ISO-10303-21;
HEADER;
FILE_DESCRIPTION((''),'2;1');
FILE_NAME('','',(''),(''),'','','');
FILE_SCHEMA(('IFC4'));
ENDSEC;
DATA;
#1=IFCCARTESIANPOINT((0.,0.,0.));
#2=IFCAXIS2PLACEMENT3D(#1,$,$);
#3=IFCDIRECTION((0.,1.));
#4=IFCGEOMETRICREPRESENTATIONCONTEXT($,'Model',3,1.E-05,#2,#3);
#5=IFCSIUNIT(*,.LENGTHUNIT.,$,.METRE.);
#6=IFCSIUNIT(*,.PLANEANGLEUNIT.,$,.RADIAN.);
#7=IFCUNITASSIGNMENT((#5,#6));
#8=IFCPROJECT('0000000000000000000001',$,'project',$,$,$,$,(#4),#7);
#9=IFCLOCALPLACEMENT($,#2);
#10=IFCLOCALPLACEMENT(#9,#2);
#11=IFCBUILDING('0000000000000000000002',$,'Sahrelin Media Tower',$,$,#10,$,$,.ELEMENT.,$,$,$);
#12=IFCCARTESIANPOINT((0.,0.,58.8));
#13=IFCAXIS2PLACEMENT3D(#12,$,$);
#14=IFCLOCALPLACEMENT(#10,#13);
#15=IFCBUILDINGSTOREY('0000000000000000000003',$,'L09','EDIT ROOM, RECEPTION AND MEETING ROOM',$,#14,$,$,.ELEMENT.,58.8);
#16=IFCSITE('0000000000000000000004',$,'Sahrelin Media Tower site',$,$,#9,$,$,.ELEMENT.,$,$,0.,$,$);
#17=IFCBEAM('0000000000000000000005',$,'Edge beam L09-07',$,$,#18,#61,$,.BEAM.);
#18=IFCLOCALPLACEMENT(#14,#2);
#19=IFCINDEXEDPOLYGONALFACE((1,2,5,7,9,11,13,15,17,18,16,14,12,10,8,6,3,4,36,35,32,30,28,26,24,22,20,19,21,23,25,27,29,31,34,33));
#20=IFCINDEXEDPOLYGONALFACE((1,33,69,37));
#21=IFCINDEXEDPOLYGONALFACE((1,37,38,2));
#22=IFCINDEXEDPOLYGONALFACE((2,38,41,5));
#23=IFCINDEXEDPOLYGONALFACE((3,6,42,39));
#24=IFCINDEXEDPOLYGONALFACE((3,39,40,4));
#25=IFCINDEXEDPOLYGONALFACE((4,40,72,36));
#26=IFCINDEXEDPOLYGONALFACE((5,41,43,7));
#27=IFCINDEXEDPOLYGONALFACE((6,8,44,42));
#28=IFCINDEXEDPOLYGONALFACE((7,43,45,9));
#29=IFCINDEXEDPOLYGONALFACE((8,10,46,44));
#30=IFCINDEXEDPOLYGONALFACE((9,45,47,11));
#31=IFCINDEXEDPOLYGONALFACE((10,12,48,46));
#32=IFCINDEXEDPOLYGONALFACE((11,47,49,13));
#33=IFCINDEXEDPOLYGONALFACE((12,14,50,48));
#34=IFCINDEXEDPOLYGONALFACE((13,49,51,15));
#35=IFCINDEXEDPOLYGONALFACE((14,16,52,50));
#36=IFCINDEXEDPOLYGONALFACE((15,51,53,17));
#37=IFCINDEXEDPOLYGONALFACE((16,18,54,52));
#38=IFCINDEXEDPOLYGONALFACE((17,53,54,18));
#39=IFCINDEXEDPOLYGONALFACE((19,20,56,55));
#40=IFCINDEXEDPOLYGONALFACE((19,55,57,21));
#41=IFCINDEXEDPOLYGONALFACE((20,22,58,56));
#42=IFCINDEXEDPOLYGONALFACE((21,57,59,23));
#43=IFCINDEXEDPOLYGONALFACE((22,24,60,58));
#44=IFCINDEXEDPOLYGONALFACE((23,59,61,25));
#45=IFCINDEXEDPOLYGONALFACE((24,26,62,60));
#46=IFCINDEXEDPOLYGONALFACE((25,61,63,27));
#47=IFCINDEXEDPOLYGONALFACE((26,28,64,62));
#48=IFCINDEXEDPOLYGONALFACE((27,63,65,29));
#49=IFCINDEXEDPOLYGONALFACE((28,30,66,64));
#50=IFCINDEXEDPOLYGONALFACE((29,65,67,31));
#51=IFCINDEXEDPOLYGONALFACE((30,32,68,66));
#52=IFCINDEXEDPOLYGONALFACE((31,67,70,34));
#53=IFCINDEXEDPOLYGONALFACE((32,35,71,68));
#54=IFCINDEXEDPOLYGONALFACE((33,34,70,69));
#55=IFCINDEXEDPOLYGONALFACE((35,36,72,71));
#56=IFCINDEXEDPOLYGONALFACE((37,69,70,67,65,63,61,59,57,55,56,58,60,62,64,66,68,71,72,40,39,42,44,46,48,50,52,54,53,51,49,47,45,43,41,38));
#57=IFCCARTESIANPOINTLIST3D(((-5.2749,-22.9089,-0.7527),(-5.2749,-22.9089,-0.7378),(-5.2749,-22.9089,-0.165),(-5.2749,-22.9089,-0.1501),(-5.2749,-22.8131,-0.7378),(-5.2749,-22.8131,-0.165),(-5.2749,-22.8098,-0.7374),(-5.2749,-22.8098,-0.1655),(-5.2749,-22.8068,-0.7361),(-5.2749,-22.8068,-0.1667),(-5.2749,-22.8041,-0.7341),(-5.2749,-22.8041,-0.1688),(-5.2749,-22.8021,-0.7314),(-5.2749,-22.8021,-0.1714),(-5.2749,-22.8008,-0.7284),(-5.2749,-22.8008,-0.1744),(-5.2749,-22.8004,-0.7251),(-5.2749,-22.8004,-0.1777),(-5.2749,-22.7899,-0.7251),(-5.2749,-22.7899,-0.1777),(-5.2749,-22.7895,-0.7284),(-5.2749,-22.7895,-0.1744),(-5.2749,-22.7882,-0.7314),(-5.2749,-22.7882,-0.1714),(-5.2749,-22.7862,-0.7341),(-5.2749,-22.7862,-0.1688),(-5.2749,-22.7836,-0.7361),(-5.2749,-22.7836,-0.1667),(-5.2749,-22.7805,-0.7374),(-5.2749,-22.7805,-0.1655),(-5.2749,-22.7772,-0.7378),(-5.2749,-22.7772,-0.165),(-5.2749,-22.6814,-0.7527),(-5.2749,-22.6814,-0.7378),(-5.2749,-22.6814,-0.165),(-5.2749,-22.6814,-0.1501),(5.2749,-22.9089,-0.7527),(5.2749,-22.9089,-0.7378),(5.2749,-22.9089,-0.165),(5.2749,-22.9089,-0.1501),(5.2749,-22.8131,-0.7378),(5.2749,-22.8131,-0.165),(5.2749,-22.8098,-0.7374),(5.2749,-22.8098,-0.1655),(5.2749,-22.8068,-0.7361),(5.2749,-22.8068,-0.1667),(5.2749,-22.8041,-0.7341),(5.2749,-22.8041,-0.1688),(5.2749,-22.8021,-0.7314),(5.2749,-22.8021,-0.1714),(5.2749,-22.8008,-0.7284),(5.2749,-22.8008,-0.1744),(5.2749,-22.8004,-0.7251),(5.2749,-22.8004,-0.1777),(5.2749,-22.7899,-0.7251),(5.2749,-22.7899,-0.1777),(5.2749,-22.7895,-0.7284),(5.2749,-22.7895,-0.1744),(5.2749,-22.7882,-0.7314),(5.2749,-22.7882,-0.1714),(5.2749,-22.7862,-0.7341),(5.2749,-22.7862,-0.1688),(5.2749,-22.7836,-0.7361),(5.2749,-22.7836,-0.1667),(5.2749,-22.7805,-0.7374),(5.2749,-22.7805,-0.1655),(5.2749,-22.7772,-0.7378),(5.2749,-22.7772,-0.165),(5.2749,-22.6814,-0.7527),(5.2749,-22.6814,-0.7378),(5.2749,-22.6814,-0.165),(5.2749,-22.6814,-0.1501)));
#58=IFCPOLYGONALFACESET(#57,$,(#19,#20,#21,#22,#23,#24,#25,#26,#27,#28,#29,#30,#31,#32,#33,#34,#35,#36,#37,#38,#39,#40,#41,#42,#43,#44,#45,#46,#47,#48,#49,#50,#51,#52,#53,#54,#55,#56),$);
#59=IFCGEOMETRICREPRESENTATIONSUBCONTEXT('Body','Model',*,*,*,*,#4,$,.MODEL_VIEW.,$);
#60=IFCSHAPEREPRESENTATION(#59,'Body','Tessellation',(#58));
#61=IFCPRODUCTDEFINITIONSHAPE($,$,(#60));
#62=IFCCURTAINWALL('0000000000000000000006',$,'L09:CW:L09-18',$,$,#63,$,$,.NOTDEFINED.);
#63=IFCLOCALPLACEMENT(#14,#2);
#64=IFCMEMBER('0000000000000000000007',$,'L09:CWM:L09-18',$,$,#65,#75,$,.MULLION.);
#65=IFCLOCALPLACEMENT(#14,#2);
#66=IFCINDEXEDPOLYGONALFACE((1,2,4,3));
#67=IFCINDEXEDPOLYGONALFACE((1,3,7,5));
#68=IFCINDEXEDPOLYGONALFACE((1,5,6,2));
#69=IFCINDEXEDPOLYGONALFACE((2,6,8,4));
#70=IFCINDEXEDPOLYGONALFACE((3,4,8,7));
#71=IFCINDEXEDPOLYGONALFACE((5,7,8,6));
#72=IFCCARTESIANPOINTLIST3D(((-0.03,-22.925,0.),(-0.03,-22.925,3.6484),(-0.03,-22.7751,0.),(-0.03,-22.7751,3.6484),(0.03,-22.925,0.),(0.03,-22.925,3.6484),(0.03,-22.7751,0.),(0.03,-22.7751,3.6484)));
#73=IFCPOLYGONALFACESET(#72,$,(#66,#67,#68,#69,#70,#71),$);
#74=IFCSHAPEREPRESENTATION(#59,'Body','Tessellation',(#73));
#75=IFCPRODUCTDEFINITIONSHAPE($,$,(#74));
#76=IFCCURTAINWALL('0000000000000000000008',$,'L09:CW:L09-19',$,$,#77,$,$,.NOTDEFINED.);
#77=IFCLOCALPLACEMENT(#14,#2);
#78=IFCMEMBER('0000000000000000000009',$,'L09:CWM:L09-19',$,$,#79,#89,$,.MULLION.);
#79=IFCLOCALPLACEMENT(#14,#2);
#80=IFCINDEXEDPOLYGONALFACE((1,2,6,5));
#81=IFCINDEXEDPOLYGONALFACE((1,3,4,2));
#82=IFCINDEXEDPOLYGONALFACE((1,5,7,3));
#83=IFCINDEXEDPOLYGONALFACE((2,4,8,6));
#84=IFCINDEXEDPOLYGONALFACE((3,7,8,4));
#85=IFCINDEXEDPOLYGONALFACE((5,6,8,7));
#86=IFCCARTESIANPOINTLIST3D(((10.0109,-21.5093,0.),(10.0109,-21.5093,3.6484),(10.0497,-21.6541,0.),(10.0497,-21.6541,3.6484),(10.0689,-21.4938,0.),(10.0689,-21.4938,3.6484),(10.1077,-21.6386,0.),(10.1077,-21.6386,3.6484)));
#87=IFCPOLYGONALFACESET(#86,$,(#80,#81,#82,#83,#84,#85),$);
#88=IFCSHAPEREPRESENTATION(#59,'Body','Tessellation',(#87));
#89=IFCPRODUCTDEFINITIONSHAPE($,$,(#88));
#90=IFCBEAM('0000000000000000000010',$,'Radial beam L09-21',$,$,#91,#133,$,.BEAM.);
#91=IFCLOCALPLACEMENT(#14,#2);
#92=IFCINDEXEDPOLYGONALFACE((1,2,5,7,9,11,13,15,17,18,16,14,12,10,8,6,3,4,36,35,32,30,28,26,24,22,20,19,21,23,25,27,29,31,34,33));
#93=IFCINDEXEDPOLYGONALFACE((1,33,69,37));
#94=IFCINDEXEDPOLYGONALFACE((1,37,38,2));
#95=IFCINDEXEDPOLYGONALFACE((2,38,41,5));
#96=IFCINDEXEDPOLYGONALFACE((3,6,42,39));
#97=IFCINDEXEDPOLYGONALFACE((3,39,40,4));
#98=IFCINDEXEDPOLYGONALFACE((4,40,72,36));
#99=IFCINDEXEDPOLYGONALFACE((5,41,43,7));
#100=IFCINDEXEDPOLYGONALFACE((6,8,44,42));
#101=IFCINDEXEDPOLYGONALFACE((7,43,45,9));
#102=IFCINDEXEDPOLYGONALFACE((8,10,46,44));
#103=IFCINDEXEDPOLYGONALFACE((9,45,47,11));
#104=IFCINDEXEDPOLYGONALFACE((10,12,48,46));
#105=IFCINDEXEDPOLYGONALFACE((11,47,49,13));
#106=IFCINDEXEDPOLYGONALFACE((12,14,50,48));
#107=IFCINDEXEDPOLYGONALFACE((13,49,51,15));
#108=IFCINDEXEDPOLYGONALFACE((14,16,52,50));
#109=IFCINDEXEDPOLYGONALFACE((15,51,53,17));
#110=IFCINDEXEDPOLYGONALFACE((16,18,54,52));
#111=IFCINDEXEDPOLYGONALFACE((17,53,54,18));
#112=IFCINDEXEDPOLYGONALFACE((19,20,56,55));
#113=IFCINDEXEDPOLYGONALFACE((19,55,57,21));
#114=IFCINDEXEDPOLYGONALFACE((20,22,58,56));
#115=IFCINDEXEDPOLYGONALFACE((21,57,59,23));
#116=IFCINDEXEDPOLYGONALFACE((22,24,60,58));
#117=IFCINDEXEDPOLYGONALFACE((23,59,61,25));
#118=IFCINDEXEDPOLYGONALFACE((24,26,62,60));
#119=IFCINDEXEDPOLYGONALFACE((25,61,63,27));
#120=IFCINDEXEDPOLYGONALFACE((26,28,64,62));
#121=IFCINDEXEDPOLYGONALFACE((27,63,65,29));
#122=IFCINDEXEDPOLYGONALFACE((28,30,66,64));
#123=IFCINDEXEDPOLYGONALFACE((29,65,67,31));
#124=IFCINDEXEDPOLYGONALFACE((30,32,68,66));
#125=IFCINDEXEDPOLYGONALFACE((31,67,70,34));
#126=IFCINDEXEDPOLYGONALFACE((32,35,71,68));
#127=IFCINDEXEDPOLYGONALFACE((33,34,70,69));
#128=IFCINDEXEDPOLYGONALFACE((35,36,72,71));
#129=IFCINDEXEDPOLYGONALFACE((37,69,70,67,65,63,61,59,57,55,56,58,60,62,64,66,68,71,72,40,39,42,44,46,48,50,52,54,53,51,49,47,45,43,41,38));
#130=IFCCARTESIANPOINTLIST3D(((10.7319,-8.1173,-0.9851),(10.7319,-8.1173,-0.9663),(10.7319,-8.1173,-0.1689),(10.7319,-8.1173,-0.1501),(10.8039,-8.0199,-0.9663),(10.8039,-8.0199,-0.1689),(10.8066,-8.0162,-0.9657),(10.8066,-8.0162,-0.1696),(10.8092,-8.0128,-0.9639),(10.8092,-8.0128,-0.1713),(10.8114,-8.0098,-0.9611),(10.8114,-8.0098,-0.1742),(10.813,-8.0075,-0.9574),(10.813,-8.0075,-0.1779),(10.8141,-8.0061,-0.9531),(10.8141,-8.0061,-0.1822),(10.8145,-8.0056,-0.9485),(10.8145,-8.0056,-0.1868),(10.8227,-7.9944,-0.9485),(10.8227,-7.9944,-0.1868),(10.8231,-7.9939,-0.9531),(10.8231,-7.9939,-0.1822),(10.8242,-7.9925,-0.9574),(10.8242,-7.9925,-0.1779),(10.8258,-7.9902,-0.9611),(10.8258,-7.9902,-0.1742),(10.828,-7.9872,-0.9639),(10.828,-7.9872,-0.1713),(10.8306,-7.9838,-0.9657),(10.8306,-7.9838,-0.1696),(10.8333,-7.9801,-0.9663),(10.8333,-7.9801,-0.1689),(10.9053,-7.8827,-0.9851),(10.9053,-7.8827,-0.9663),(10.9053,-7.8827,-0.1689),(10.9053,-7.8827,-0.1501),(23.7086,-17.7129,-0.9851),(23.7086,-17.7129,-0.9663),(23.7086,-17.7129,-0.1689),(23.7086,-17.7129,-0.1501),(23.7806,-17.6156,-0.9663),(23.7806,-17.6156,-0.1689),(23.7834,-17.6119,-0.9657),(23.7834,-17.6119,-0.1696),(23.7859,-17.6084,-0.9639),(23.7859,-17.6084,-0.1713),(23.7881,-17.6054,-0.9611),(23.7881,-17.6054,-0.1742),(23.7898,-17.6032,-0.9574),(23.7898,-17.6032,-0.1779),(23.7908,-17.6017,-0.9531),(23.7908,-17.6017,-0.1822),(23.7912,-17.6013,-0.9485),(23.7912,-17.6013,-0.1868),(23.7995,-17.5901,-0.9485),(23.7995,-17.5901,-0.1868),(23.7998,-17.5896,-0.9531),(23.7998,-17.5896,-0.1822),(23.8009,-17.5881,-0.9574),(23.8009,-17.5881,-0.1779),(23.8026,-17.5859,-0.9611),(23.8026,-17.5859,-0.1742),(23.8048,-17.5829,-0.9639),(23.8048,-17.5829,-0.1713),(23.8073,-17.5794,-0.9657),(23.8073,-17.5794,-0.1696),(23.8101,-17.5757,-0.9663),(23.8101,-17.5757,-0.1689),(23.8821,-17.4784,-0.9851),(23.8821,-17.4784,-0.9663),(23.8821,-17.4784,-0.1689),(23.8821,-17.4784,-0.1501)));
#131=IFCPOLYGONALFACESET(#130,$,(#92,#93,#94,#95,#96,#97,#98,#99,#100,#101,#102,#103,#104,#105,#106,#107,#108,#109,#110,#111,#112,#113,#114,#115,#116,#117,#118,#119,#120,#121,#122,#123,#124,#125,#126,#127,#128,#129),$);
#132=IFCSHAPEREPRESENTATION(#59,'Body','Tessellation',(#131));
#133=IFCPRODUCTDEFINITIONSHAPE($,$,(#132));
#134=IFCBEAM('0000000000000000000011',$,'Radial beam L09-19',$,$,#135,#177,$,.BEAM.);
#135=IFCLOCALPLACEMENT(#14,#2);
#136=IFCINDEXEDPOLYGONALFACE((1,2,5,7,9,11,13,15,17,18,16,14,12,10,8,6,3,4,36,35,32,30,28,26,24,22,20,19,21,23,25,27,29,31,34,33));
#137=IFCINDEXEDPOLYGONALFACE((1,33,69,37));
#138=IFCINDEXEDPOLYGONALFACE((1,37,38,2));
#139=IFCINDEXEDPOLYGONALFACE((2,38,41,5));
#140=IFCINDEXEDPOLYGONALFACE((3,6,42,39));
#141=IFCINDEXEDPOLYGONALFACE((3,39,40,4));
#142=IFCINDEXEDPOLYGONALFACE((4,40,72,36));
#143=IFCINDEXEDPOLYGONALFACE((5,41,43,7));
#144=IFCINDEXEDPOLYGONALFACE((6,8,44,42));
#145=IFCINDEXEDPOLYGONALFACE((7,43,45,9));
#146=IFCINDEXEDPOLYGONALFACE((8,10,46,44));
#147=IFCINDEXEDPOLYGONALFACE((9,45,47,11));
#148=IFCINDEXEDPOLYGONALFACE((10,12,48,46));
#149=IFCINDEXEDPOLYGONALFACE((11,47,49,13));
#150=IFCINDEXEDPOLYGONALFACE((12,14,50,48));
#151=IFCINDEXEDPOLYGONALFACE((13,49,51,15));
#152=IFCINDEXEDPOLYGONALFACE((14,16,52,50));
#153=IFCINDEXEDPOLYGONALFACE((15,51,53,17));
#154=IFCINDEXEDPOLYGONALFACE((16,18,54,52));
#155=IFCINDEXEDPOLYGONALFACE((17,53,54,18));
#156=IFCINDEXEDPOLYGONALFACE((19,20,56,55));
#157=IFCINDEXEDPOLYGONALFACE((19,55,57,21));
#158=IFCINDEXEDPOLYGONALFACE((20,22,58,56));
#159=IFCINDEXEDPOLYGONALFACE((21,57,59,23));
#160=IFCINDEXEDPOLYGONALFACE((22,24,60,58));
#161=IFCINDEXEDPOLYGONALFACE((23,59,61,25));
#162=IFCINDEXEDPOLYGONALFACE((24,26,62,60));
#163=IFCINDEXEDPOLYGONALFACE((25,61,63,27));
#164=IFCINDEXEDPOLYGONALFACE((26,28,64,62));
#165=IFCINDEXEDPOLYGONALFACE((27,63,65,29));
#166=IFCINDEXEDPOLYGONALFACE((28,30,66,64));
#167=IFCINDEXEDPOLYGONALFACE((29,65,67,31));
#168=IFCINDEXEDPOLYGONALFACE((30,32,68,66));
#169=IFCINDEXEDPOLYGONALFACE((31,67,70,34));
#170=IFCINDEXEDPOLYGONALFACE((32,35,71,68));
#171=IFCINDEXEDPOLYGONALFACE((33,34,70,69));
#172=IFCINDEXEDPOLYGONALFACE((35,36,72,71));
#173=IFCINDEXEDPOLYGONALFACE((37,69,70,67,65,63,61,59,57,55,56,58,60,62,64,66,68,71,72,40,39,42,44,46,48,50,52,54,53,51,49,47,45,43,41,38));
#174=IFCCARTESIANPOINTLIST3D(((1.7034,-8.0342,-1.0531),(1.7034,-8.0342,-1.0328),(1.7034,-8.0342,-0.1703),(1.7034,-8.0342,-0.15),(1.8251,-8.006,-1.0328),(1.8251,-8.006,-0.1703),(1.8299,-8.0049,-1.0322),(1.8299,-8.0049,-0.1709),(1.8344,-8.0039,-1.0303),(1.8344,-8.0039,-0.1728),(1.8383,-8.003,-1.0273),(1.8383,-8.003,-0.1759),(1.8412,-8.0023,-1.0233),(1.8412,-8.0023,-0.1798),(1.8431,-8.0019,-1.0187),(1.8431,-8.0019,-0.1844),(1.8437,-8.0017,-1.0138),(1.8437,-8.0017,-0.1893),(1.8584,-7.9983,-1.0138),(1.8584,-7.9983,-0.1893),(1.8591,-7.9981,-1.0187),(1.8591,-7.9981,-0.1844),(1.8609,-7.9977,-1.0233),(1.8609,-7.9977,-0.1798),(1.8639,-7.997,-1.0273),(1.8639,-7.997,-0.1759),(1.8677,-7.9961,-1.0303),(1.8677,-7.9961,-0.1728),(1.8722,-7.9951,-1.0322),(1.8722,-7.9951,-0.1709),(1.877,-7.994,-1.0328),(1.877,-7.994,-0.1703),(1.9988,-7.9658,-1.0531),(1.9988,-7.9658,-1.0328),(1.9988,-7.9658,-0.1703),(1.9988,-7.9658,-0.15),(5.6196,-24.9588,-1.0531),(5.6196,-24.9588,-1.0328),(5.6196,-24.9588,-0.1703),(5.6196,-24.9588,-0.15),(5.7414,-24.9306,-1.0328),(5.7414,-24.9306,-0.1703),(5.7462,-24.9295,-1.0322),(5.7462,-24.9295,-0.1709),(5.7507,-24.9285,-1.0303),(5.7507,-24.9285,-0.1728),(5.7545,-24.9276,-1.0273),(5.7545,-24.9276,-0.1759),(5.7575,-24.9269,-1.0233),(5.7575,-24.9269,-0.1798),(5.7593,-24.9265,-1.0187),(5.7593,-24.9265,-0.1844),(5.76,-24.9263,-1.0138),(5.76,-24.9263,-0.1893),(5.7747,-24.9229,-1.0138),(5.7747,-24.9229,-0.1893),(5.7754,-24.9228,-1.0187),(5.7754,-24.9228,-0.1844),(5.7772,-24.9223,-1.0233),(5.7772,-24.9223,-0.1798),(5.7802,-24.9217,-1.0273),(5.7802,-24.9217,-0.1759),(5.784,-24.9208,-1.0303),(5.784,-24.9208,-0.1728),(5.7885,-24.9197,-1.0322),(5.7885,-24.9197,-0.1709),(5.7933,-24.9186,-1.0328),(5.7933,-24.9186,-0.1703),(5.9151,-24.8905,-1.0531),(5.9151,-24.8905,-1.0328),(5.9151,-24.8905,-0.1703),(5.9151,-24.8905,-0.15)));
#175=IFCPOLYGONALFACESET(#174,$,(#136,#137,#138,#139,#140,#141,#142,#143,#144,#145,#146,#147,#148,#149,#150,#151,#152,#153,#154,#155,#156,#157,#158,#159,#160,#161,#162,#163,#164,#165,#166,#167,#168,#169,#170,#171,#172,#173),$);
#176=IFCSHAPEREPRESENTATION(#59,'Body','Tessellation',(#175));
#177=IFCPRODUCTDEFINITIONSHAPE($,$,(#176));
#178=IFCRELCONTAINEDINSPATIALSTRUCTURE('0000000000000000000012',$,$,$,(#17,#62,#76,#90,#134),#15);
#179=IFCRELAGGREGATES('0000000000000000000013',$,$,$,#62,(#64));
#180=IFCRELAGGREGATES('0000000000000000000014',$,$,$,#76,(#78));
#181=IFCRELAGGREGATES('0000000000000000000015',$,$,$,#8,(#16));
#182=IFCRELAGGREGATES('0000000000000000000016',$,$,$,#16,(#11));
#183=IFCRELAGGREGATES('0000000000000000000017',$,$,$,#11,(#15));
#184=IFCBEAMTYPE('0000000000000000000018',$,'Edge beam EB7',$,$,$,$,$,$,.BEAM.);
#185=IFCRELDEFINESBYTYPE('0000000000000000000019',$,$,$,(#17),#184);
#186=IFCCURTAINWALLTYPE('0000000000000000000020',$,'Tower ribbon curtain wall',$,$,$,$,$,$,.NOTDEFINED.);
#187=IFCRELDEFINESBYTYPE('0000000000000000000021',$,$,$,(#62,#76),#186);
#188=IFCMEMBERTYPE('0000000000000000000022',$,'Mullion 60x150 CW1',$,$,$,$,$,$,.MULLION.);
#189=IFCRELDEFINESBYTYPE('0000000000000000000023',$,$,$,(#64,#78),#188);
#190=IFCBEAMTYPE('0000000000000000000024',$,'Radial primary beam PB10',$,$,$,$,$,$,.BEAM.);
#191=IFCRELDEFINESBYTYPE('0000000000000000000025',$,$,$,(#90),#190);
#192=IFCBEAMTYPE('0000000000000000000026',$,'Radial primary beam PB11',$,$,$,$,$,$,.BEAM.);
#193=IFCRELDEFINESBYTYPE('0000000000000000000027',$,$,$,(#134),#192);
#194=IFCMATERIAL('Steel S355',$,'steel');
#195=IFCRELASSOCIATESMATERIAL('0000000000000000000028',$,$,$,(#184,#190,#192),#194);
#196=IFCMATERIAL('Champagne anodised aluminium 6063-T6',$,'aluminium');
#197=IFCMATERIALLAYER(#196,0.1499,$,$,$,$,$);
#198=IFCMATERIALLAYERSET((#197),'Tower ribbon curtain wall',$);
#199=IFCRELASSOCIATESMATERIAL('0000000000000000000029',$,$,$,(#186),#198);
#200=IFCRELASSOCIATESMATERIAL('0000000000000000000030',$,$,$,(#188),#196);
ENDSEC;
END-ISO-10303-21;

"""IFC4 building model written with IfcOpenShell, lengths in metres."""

from ifc_helpers import new_model, si_unit, direction, frame, origin, origin_2d, place, context, subcontext, project, spatial, rectangle, i_section, extrude, material, layer, layer_set, material_profile, profile_set, type_object, element, aggregate, save


model = new_model("IFC4")

# Units and contexts
model_context = context("Model", 3, precision=1e-05, world=origin(), true_north=direction((0.0, 1.0)))
body_context = subcontext(model_context, "Body", "Model", "MODEL_VIEW")
ifc_project = project(units=[si_unit("LENGTHUNIT", "METRE"), si_unit("PLANEANGLEUNIT", "RADIAN")], contexts=[model_context])

# Site, building, storey
site_placement = place(None, origin())
site = spatial("IfcSite", under=ifc_project, at=site_placement, Name="Sahrelin Media Tower site", CompositionType="ELEMENT", RefElevation=0.0)
building_placement = place(site_placement, origin())
building = spatial("IfcBuilding", under=site, at=building_placement, Name="Sahrelin Media Tower", CompositionType="ELEMENT")
storey_placement = place(building_placement, frame((0.0, 0.0, 58.8)))
storey = spatial("IfcBuildingStorey", under=building, at=storey_placement, Name="L09", Description="EDIT ROOM, RECEPTION AND MEETING ROOM", CompositionType="ELEMENT", Elevation=58.8)

# Beam
ifc_material_1 = material(Name="Steel S355", Category="steel")
ifc_material_profile_1 = material_profile(ifc_material_1, i_section(OverallWidth=0.2275, OverallDepth=0.6025, WebThickness=0.0105, FlangeThickness=0.0149, FilletRadius=0.0127, at=origin_2d()), Name="UB 610x229x101")
ifc_profile_set_1 = profile_set([ifc_material_profile_1], Name="Steel S355")
beam_type_1 = type_object("IfcBeamType", Name="Edge beam EB7", PredefinedType="BEAM", material=ifc_profile_set_1)
beam_1_placement = place(storey_placement, frame((5.2749, -22.7952, -0.4514), z_axis=(-1.0, 0.0, 0.0), x_axis=(0.0, -1.0, 0.0)))
element("IfcBeam", 1, at=beam_1_placement, inside=storey, type_object=beam_type_1, Name="Edge beam L09-07", PredefinedType="BEAM", context=body_context, shape_type="SweptSolid", body=[
    extrude(i_section(OverallWidth=0.2275, OverallDepth=0.6025, WebThickness=0.0105, FlangeThickness=0.0149, FilletRadius=0.0127, at=origin_2d()), origin(), (0.0, 0.0, 1.0), 10.5498),
])

# Curtain walls, members
ifc_material_2 = material(Name="Champagne anodised aluminium 6063-T6", Category="aluminium")
ifc_layer_1 = layer(ifc_material_2, 0.1499)
ifc_layer_set_1 = layer_set([ifc_layer_1], Name="Tower ribbon curtain wall")
curtain_wall_type = type_object("IfcCurtainWallType", Name="Tower ribbon curtain wall", PredefinedType="NOTDEFINED", material=ifc_layer_set_1)
curtain_wall_1_placement = place(storey_placement, frame((0.0, -22.9451, 0.0), z_axis=(0.0, 0.0, 1.0), x_axis=(1.0, 0.0, 0.0)))
curtain_wall_1 = element("IfcCurtainWall", 2, at=curtain_wall_1_placement, inside=storey, type_object=curtain_wall_type, Name="L09:CW:L09-18", PredefinedType="NOTDEFINED")
ifc_material_profile_2 = material_profile(ifc_material_2, rectangle(XDim=0.0601, YDim=0.1499, at=origin_2d()), Name="Mullion 60x150")
ifc_profile_set_2 = profile_set([ifc_material_profile_2], Name="Champagne anodised aluminium 6063-T6")
member_type_1 = type_object("IfcMemberType", Name="Mullion 60x150 CW1", PredefinedType="MULLION", material=ifc_profile_set_2)
member_1_placement = place(storey_placement, frame((0.0, -22.8501, 0.0), z_axis=(0.0, 0.0, 1.0), x_axis=(1.0, 0.0, 0.0)))
member_1 = element("IfcMember", 3, at=member_1_placement, type_object=member_type_1, Name="L09:CWM:L09-18", PredefinedType="MULLION", context=body_context, shape_type="SweptSolid", body=[
    extrude(rectangle(XDim=0.0601, YDim=0.1499, at=origin_2d()), origin(), (0.0, 0.0, 1.0), 3.6484),
])
aggregate(curtain_wall_1, [member_1])
curtain_wall_2_placement = place(storey_placement, frame((10.084, -21.6658, 0.0), z_axis=(0.0, 0.0, 1.0), x_axis=(1.0, 0.0, 0.0)))
curtain_wall_2 = element("IfcCurtainWall", 4, at=curtain_wall_2_placement, inside=storey, type_object=curtain_wall_type, Name="L09:CW:L09-19", PredefinedType="NOTDEFINED")
member_2_placement = place(storey_placement, frame((10.0593, -21.574, 0.0), z_axis=(0.0, 0.0, 1.0), x_axis=(0.965924, 0.258824, 0.0)))
member_2 = element("IfcMember", 5, at=member_2_placement, type_object=member_type_1, Name="L09:CWM:L09-19", PredefinedType="MULLION", context=body_context, shape_type="SweptSolid", body=[
    extrude(rectangle(XDim=0.0601, YDim=0.1499, at=origin_2d()), origin(), (0.0, 0.0, 1.0), 3.6484),
])

# Beams
ifc_material_profile_3 = material_profile(ifc_material_1, i_section(OverallWidth=0.2917, OverallDepth=0.835, WebThickness=0.0139, FlangeThickness=0.0188, FilletRadius=0.0178, at=origin_2d()), Name="UB 838x292x176")
ifc_profile_set_3 = profile_set([ifc_material_profile_3], Name="Steel S355")
beam_type_2 = type_object("IfcBeamType", Name="Radial primary beam PB10", PredefinedType="BEAM", material=ifc_profile_set_3)
beam_2_placement = place(storey_placement, frame((10.8186, -8.0, -0.5676), z_axis=(0.804053, -0.594557, 0.0), x_axis=(0.594557, 0.804053, 0.0)))
element("IfcBeam", 6, at=beam_2_placement, inside=storey, type_object=beam_type_2, Name="Radial beam L09-21", PredefinedType="BEAM", context=body_context, shape_type="SweptSolid", body=[
    extrude(i_section(OverallWidth=0.2917, OverallDepth=0.835, WebThickness=0.0139, FlangeThickness=0.0188, FilletRadius=0.0178, at=origin_2d()), origin(), (0.0, 0.0, 1.0), 16.1392),
])
ifc_material_profile_4 = material_profile(ifc_material_1, i_section(OverallWidth=0.3032, OverallDepth=0.9031, WebThickness=0.0151, FlangeThickness=0.0203, FilletRadius=0.019, at=origin_2d()), Name="UB 914x305x201")
ifc_profile_set_4 = profile_set([ifc_material_profile_4], Name="Steel S355")
beam_type_3 = type_object("IfcBeamType", Name="Radial primary beam PB11", PredefinedType="BEAM", material=ifc_profile_set_4)
beam_3_placement = place(storey_placement, frame((1.8511, -8.0, -0.6016), z_axis=(0.225438, -0.974257, 0.0), x_axis=(0.974257, 0.225438, 0.0)))
element("IfcBeam", 7, at=beam_3_placement, inside=storey, type_object=beam_type_3, Name="Radial beam L09-19", PredefinedType="BEAM", context=body_context, shape_type="SweptSolid", body=[
    extrude(i_section(OverallWidth=0.3032, OverallDepth=0.9031, WebThickness=0.0151, FlangeThickness=0.0203, FilletRadius=0.019, at=origin_2d()), origin(), (0.0, 0.0, 1.0), 17.3718),
])

aggregate(curtain_wall_2, [member_2])

save(model, "model.ifc")
